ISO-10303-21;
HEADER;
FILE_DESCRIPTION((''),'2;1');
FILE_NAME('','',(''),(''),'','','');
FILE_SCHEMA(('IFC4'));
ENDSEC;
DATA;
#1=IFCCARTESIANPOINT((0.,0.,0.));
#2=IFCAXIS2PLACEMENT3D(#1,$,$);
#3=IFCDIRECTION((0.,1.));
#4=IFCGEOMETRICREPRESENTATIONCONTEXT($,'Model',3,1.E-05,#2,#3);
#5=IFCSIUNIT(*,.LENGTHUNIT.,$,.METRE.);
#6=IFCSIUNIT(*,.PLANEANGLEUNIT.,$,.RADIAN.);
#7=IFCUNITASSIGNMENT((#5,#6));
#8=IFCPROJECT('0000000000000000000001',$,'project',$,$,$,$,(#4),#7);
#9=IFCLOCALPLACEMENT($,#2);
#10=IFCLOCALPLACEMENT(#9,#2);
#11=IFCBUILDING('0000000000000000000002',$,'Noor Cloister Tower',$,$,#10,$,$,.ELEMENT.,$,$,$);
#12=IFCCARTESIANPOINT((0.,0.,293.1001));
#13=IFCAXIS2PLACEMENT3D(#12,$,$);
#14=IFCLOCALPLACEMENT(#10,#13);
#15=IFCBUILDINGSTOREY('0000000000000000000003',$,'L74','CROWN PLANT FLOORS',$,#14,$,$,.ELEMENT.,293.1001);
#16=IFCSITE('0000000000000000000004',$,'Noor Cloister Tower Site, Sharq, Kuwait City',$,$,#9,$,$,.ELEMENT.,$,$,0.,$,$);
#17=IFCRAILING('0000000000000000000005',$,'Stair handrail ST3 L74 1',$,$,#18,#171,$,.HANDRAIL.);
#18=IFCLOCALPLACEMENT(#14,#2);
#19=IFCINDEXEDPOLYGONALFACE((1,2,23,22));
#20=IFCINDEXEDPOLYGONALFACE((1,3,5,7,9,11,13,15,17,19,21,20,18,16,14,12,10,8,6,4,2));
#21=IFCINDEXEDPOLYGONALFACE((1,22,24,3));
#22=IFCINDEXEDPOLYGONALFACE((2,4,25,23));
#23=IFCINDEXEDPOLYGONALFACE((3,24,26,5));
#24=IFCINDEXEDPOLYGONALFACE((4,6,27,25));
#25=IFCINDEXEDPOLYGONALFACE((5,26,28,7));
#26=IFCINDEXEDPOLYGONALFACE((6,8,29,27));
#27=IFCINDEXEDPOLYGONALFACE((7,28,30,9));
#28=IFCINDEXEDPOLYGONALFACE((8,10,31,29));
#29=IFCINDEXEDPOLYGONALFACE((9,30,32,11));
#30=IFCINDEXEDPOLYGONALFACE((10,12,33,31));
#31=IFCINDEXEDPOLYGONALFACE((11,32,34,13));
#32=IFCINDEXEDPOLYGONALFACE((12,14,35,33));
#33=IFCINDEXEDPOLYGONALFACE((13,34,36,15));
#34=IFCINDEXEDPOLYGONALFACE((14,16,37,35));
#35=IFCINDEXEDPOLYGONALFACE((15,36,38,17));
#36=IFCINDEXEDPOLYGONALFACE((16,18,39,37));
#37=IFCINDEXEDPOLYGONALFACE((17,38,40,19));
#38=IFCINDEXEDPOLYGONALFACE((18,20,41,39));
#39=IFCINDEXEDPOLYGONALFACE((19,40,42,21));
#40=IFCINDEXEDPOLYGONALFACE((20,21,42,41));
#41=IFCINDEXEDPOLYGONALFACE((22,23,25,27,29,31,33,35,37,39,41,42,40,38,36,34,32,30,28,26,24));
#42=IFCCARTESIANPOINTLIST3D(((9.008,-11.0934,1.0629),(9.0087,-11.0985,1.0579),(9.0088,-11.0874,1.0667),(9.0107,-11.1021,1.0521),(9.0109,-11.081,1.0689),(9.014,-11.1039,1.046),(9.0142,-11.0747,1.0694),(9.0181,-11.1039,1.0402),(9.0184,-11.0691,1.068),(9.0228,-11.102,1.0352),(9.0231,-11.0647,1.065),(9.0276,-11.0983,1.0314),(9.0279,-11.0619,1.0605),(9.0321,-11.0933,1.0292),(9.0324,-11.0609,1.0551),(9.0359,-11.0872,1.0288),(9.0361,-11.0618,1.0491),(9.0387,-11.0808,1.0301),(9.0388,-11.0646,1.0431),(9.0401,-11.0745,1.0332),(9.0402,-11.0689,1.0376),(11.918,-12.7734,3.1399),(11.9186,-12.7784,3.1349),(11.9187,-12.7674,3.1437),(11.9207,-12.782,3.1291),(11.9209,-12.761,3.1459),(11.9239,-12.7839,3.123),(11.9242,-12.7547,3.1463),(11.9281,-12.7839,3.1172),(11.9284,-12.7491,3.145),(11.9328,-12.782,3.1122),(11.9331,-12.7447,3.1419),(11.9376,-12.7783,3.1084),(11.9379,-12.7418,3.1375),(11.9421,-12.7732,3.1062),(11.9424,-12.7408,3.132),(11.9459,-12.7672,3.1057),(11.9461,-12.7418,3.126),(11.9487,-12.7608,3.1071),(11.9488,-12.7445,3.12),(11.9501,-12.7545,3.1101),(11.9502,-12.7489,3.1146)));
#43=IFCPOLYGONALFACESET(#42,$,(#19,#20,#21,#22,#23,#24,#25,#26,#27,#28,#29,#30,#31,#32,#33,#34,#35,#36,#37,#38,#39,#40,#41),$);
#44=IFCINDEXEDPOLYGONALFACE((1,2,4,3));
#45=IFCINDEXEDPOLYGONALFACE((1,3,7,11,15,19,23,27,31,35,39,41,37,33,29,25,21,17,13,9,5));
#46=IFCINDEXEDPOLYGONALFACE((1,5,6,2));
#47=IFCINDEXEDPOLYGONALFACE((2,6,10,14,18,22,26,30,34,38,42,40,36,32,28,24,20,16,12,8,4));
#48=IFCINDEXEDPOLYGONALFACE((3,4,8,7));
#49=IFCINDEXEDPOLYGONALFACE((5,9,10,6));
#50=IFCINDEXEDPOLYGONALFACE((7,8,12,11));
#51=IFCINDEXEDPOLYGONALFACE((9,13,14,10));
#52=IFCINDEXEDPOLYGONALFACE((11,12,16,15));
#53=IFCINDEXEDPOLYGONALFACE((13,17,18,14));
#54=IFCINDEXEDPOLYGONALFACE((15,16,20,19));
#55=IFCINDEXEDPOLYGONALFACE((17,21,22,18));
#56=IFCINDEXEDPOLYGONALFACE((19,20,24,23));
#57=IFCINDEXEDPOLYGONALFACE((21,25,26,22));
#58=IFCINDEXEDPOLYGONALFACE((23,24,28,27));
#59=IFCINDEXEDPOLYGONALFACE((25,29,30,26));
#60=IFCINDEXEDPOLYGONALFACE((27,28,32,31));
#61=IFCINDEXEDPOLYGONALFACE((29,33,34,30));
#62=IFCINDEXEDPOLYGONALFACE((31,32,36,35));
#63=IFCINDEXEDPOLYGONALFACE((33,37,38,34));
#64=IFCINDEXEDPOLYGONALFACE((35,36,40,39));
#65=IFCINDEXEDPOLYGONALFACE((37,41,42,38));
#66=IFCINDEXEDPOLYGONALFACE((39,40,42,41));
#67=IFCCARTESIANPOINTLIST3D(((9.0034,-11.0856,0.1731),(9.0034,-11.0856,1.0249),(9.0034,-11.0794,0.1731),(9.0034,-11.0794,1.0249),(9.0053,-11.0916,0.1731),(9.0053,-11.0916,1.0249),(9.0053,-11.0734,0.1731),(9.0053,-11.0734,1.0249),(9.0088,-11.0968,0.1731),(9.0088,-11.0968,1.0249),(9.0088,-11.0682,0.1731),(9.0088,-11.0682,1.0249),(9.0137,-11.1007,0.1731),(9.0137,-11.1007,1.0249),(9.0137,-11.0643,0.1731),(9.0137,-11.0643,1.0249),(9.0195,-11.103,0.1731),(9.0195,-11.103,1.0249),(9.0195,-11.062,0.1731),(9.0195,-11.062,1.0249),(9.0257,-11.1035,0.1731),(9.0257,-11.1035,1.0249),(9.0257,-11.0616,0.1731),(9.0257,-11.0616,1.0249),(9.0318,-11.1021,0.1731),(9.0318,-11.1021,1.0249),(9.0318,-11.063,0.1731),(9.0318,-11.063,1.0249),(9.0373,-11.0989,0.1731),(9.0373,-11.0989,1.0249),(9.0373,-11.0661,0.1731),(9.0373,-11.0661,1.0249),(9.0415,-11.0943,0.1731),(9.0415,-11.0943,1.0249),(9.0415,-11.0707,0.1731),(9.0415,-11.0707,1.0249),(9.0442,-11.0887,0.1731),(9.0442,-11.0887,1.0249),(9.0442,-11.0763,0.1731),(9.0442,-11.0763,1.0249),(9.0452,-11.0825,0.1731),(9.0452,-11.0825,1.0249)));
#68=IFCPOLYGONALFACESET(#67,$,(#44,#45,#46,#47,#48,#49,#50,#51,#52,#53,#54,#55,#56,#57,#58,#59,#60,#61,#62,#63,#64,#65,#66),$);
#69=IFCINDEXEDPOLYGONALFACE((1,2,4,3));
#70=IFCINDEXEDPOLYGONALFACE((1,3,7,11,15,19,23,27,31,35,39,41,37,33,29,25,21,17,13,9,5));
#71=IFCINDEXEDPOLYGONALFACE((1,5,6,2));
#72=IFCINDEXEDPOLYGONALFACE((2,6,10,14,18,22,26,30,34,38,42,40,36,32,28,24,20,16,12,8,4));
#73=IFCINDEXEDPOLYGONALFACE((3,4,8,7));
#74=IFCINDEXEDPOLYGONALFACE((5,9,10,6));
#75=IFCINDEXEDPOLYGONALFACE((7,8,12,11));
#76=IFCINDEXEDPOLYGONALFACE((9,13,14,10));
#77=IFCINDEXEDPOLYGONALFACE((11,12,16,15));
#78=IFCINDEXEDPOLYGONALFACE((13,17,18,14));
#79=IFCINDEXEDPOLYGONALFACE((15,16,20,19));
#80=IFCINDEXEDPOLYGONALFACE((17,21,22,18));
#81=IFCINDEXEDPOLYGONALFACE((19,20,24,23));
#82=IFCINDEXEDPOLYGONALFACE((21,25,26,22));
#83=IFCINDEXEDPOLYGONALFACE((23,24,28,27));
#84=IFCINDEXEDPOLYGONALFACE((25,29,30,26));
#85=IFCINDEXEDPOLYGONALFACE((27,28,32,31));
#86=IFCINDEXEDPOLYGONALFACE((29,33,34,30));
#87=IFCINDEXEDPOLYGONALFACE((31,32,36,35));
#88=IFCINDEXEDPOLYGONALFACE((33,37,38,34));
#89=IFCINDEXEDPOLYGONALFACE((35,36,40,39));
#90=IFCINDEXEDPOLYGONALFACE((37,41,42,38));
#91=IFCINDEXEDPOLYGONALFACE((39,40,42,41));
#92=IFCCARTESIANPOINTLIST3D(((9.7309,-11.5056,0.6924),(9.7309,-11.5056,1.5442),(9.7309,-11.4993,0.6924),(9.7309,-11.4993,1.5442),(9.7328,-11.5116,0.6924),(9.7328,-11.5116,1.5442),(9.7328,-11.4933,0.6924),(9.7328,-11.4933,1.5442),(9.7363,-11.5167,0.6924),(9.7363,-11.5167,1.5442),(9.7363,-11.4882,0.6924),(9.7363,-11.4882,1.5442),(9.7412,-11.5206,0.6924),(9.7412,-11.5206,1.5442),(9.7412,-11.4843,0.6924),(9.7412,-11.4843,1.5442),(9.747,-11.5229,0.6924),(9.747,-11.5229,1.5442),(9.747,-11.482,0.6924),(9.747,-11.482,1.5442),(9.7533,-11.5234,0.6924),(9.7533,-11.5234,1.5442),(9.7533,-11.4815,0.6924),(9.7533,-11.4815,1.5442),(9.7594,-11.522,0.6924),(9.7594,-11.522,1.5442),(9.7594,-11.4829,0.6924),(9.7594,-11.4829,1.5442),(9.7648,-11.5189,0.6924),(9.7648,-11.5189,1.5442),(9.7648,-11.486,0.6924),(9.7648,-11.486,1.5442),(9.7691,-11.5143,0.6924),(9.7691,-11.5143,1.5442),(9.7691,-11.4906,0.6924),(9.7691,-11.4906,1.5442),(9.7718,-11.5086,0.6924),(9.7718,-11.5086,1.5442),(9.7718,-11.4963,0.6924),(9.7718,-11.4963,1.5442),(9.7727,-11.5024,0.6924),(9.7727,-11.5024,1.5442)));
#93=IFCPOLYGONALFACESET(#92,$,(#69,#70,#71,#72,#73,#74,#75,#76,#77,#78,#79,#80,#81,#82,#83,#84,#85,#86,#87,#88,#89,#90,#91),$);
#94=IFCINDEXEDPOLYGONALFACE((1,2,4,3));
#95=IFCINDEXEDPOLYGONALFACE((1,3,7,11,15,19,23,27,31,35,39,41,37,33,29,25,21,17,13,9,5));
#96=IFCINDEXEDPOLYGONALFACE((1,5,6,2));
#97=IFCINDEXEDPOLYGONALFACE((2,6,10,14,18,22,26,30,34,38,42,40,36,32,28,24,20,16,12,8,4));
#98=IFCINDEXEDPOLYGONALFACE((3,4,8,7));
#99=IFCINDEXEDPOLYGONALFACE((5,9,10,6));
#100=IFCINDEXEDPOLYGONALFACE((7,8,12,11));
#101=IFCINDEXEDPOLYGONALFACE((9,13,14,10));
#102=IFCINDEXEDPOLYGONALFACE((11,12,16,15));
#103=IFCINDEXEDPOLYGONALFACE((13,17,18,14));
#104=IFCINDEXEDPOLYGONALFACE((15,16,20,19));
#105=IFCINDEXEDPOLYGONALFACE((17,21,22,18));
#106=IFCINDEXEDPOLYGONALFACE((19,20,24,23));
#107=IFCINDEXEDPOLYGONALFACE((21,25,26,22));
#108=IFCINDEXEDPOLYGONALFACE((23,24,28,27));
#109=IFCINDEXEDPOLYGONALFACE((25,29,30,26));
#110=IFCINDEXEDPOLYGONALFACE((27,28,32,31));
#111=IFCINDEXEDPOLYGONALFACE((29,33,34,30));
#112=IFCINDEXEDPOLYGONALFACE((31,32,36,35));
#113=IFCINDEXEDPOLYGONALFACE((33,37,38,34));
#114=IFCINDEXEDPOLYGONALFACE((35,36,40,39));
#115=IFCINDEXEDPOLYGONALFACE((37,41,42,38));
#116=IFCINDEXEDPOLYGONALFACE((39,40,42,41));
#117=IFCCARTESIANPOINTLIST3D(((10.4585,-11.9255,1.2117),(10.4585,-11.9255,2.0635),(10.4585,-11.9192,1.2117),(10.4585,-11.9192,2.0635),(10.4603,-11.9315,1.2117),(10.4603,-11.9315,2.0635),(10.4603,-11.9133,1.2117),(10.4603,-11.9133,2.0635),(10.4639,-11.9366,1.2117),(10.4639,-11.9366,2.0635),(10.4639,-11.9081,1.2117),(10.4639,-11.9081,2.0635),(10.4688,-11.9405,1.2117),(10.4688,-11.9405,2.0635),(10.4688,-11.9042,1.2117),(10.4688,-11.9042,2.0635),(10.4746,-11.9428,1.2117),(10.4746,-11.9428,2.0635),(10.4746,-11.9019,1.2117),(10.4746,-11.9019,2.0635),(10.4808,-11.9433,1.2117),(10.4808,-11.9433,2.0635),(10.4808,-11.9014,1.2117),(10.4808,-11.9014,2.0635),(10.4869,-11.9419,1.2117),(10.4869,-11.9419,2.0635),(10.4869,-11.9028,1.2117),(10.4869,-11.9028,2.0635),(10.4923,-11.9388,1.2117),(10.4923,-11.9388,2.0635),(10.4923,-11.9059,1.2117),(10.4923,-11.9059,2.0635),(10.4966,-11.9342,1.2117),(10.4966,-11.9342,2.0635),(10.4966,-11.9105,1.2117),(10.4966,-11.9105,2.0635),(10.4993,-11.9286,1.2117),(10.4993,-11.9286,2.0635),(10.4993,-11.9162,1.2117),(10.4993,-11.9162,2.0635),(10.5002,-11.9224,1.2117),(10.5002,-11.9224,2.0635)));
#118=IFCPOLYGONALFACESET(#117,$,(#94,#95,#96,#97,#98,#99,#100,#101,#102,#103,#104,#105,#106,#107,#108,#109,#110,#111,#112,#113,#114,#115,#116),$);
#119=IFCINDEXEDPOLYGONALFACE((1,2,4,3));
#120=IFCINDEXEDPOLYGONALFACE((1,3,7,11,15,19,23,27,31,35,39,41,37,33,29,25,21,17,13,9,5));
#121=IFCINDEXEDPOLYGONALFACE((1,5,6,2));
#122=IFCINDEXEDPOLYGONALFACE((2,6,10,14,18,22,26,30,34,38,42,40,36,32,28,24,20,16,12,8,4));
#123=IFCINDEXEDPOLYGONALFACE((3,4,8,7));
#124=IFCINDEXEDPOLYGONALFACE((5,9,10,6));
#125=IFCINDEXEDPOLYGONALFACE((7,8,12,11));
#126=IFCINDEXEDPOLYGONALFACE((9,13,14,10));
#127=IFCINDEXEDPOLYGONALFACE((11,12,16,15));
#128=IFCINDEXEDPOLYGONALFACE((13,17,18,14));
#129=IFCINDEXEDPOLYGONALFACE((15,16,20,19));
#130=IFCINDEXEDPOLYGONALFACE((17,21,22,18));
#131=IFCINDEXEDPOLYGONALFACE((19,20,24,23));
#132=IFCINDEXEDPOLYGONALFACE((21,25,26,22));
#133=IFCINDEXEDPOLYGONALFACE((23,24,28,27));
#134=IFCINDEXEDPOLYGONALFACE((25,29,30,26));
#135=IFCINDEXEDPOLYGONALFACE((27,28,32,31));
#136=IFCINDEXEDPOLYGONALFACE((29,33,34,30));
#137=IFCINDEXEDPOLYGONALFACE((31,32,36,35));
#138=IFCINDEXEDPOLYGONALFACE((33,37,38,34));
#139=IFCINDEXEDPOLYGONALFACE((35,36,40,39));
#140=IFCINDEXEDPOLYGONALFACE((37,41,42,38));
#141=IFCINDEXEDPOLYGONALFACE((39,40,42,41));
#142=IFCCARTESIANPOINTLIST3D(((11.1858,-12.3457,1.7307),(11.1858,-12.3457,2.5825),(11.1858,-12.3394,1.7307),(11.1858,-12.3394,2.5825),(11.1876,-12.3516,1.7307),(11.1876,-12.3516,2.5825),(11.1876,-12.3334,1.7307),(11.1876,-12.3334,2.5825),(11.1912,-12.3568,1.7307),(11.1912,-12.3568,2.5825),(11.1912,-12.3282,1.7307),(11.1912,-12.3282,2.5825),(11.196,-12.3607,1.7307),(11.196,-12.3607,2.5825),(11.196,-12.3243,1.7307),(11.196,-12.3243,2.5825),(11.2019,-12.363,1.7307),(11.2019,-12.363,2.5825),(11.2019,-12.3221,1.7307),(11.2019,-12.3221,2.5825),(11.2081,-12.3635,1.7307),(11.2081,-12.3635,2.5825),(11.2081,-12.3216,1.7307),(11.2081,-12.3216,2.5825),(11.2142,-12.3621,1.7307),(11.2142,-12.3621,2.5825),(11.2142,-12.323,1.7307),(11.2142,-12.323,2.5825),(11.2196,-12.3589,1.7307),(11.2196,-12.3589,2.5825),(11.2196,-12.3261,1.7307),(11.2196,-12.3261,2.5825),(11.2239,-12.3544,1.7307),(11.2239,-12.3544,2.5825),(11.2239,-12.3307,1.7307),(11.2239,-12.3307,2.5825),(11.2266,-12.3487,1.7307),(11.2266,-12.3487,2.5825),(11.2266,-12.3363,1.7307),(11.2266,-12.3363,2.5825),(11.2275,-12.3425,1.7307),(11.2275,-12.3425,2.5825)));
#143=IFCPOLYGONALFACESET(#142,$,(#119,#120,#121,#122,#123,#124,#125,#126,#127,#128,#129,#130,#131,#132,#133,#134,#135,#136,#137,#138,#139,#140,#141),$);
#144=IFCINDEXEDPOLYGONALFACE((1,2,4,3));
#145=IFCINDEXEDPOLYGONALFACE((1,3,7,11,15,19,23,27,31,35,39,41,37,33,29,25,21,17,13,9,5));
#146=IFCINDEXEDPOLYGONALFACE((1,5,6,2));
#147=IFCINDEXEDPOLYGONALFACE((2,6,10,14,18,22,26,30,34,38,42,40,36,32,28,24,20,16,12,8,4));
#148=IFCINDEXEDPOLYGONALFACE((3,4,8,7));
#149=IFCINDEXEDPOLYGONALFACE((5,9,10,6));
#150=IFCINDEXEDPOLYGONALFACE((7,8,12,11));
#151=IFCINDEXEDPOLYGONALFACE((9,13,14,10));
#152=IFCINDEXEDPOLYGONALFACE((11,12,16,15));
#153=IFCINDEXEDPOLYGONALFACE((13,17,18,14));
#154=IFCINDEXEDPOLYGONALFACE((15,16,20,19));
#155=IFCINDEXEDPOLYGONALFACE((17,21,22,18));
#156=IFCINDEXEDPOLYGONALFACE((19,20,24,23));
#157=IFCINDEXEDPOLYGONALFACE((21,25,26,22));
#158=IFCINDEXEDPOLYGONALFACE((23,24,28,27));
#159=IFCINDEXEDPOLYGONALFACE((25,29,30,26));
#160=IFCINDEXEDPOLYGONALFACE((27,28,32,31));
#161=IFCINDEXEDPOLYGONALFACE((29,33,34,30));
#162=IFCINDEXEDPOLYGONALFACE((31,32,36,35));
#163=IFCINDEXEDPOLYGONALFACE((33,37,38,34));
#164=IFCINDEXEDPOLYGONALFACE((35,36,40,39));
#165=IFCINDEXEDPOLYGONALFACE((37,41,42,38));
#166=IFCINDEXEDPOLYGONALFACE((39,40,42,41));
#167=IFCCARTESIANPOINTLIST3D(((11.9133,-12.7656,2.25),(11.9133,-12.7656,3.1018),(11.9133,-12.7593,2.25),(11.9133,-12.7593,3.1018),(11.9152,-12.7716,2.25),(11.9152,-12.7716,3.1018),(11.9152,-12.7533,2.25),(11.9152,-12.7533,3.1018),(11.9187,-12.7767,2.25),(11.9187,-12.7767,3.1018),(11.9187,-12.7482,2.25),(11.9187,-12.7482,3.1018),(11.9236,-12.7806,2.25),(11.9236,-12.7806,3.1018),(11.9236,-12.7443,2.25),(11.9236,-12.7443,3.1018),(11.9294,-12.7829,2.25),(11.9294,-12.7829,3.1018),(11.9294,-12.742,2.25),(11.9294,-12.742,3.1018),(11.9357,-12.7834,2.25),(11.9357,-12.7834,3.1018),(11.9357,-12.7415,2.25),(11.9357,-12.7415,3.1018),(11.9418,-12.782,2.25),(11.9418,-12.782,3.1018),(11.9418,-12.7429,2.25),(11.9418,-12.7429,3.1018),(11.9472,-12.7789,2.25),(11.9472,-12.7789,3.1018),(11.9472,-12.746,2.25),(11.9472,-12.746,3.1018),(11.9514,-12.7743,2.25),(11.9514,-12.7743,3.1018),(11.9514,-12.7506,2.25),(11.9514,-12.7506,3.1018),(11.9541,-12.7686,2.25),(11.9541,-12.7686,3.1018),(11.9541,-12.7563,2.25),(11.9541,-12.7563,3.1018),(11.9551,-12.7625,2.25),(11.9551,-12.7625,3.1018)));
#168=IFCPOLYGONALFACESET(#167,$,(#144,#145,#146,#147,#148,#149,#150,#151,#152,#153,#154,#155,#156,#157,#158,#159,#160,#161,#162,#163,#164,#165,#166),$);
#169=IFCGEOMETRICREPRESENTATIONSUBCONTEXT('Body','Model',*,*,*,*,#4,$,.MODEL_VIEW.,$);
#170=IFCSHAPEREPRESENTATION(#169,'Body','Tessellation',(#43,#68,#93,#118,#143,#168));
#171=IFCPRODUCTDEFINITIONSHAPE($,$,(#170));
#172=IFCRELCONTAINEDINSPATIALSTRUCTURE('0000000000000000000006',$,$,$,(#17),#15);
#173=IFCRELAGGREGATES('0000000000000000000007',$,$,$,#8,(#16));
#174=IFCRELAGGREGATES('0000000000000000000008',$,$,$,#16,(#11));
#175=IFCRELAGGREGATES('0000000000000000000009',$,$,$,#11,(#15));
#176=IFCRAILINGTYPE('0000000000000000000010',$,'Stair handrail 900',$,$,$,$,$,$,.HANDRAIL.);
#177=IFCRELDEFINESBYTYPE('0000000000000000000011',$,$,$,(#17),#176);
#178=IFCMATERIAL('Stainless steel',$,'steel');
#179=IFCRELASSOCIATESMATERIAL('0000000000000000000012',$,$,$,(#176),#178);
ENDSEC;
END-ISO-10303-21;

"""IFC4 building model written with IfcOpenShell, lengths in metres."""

from ifc_helpers import new_model, si_unit, direction, frame, origin, origin_2d, place, context, subcontext, project, spatial, circle, extrude, material, type_object, element, save


model = new_model("IFC4")

# Units and contexts
model_context = context("Model", 3, precision=1e-05, world=origin(), true_north=direction((0.0, 1.0)))
body_context = subcontext(model_context, "Body", "Model", "MODEL_VIEW")
ifc_project = project(units=[si_unit("LENGTHUNIT", "METRE"), si_unit("PLANEANGLEUNIT", "RADIAN")], contexts=[model_context])

# Site, building, storey
site_placement = place(None, origin())
site = spatial("IfcSite", under=ifc_project, at=site_placement, Name="Noor Cloister Tower Site, Sharq, Kuwait City", CompositionType="ELEMENT", RefElevation=0.0)
building_placement = place(site_placement, origin())
building = spatial("IfcBuilding", under=site, at=building_placement, Name="Noor Cloister Tower", CompositionType="ELEMENT")
storey_placement = place(building_placement, frame((0.0, 0.0, 293.1001)))
storey = spatial("IfcBuildingStorey", under=building, at=storey_placement, Name="L74", Description="CROWN PLANT FLOORS", CompositionType="ELEMENT", Elevation=293.1001)

# Railing
ifc_material_1 = material(Name="Stainless steel", Category="steel")
railing_type_1 = type_object("IfcRailingType", Name="Stair handrail 900", PredefinedType="HANDRAIL", material=ifc_material_1)
railing_1_placement = place(storey_placement, frame((9.0242, -11.0825, 0.1731)))
element("IfcRailing", 1, at=railing_1_placement, inside=storey, type_object=railing_type_1, Name="Stair handrail ST3 L74 1", PredefinedType="HANDRAIL", context=body_context, shape_type="SweptSolid", body=[
    extrude(circle(Radius=0.0239, at=origin_2d()), frame((0.0, 0.0, 0.876), z_axis=(0.736668, -0.425288, 0.525785), x_axis=(0.499976, 0.866039, 0.0)), (0.0, 0.0, 1.0), 3.9502),
    extrude(circle(Radius=0.021, at=origin_2d()), origin(), (0.0, 0.0, 1.0), 0.8518),
    extrude(circle(Radius=0.021, at=origin_2d()), frame((0.7275, -0.4199, 0.5193)), (0.0, 0.0, 1.0), 0.8518),
    extrude(circle(Radius=0.021, at=origin_2d()), frame((1.4551, -0.8398, 1.0386)), (0.0, 0.0, 1.0), 0.8518),
    extrude(circle(Radius=0.021, at=origin_2d()), frame((2.1824, -1.26, 1.5576)), (0.0, 0.0, 1.0), 0.8518),
    extrude(circle(Radius=0.021, at=origin_2d()), frame((2.9099, -1.6799, 2.0769)), (0.0, 0.0, 1.0), 0.8518),
])

save(model, "model.ifc")
